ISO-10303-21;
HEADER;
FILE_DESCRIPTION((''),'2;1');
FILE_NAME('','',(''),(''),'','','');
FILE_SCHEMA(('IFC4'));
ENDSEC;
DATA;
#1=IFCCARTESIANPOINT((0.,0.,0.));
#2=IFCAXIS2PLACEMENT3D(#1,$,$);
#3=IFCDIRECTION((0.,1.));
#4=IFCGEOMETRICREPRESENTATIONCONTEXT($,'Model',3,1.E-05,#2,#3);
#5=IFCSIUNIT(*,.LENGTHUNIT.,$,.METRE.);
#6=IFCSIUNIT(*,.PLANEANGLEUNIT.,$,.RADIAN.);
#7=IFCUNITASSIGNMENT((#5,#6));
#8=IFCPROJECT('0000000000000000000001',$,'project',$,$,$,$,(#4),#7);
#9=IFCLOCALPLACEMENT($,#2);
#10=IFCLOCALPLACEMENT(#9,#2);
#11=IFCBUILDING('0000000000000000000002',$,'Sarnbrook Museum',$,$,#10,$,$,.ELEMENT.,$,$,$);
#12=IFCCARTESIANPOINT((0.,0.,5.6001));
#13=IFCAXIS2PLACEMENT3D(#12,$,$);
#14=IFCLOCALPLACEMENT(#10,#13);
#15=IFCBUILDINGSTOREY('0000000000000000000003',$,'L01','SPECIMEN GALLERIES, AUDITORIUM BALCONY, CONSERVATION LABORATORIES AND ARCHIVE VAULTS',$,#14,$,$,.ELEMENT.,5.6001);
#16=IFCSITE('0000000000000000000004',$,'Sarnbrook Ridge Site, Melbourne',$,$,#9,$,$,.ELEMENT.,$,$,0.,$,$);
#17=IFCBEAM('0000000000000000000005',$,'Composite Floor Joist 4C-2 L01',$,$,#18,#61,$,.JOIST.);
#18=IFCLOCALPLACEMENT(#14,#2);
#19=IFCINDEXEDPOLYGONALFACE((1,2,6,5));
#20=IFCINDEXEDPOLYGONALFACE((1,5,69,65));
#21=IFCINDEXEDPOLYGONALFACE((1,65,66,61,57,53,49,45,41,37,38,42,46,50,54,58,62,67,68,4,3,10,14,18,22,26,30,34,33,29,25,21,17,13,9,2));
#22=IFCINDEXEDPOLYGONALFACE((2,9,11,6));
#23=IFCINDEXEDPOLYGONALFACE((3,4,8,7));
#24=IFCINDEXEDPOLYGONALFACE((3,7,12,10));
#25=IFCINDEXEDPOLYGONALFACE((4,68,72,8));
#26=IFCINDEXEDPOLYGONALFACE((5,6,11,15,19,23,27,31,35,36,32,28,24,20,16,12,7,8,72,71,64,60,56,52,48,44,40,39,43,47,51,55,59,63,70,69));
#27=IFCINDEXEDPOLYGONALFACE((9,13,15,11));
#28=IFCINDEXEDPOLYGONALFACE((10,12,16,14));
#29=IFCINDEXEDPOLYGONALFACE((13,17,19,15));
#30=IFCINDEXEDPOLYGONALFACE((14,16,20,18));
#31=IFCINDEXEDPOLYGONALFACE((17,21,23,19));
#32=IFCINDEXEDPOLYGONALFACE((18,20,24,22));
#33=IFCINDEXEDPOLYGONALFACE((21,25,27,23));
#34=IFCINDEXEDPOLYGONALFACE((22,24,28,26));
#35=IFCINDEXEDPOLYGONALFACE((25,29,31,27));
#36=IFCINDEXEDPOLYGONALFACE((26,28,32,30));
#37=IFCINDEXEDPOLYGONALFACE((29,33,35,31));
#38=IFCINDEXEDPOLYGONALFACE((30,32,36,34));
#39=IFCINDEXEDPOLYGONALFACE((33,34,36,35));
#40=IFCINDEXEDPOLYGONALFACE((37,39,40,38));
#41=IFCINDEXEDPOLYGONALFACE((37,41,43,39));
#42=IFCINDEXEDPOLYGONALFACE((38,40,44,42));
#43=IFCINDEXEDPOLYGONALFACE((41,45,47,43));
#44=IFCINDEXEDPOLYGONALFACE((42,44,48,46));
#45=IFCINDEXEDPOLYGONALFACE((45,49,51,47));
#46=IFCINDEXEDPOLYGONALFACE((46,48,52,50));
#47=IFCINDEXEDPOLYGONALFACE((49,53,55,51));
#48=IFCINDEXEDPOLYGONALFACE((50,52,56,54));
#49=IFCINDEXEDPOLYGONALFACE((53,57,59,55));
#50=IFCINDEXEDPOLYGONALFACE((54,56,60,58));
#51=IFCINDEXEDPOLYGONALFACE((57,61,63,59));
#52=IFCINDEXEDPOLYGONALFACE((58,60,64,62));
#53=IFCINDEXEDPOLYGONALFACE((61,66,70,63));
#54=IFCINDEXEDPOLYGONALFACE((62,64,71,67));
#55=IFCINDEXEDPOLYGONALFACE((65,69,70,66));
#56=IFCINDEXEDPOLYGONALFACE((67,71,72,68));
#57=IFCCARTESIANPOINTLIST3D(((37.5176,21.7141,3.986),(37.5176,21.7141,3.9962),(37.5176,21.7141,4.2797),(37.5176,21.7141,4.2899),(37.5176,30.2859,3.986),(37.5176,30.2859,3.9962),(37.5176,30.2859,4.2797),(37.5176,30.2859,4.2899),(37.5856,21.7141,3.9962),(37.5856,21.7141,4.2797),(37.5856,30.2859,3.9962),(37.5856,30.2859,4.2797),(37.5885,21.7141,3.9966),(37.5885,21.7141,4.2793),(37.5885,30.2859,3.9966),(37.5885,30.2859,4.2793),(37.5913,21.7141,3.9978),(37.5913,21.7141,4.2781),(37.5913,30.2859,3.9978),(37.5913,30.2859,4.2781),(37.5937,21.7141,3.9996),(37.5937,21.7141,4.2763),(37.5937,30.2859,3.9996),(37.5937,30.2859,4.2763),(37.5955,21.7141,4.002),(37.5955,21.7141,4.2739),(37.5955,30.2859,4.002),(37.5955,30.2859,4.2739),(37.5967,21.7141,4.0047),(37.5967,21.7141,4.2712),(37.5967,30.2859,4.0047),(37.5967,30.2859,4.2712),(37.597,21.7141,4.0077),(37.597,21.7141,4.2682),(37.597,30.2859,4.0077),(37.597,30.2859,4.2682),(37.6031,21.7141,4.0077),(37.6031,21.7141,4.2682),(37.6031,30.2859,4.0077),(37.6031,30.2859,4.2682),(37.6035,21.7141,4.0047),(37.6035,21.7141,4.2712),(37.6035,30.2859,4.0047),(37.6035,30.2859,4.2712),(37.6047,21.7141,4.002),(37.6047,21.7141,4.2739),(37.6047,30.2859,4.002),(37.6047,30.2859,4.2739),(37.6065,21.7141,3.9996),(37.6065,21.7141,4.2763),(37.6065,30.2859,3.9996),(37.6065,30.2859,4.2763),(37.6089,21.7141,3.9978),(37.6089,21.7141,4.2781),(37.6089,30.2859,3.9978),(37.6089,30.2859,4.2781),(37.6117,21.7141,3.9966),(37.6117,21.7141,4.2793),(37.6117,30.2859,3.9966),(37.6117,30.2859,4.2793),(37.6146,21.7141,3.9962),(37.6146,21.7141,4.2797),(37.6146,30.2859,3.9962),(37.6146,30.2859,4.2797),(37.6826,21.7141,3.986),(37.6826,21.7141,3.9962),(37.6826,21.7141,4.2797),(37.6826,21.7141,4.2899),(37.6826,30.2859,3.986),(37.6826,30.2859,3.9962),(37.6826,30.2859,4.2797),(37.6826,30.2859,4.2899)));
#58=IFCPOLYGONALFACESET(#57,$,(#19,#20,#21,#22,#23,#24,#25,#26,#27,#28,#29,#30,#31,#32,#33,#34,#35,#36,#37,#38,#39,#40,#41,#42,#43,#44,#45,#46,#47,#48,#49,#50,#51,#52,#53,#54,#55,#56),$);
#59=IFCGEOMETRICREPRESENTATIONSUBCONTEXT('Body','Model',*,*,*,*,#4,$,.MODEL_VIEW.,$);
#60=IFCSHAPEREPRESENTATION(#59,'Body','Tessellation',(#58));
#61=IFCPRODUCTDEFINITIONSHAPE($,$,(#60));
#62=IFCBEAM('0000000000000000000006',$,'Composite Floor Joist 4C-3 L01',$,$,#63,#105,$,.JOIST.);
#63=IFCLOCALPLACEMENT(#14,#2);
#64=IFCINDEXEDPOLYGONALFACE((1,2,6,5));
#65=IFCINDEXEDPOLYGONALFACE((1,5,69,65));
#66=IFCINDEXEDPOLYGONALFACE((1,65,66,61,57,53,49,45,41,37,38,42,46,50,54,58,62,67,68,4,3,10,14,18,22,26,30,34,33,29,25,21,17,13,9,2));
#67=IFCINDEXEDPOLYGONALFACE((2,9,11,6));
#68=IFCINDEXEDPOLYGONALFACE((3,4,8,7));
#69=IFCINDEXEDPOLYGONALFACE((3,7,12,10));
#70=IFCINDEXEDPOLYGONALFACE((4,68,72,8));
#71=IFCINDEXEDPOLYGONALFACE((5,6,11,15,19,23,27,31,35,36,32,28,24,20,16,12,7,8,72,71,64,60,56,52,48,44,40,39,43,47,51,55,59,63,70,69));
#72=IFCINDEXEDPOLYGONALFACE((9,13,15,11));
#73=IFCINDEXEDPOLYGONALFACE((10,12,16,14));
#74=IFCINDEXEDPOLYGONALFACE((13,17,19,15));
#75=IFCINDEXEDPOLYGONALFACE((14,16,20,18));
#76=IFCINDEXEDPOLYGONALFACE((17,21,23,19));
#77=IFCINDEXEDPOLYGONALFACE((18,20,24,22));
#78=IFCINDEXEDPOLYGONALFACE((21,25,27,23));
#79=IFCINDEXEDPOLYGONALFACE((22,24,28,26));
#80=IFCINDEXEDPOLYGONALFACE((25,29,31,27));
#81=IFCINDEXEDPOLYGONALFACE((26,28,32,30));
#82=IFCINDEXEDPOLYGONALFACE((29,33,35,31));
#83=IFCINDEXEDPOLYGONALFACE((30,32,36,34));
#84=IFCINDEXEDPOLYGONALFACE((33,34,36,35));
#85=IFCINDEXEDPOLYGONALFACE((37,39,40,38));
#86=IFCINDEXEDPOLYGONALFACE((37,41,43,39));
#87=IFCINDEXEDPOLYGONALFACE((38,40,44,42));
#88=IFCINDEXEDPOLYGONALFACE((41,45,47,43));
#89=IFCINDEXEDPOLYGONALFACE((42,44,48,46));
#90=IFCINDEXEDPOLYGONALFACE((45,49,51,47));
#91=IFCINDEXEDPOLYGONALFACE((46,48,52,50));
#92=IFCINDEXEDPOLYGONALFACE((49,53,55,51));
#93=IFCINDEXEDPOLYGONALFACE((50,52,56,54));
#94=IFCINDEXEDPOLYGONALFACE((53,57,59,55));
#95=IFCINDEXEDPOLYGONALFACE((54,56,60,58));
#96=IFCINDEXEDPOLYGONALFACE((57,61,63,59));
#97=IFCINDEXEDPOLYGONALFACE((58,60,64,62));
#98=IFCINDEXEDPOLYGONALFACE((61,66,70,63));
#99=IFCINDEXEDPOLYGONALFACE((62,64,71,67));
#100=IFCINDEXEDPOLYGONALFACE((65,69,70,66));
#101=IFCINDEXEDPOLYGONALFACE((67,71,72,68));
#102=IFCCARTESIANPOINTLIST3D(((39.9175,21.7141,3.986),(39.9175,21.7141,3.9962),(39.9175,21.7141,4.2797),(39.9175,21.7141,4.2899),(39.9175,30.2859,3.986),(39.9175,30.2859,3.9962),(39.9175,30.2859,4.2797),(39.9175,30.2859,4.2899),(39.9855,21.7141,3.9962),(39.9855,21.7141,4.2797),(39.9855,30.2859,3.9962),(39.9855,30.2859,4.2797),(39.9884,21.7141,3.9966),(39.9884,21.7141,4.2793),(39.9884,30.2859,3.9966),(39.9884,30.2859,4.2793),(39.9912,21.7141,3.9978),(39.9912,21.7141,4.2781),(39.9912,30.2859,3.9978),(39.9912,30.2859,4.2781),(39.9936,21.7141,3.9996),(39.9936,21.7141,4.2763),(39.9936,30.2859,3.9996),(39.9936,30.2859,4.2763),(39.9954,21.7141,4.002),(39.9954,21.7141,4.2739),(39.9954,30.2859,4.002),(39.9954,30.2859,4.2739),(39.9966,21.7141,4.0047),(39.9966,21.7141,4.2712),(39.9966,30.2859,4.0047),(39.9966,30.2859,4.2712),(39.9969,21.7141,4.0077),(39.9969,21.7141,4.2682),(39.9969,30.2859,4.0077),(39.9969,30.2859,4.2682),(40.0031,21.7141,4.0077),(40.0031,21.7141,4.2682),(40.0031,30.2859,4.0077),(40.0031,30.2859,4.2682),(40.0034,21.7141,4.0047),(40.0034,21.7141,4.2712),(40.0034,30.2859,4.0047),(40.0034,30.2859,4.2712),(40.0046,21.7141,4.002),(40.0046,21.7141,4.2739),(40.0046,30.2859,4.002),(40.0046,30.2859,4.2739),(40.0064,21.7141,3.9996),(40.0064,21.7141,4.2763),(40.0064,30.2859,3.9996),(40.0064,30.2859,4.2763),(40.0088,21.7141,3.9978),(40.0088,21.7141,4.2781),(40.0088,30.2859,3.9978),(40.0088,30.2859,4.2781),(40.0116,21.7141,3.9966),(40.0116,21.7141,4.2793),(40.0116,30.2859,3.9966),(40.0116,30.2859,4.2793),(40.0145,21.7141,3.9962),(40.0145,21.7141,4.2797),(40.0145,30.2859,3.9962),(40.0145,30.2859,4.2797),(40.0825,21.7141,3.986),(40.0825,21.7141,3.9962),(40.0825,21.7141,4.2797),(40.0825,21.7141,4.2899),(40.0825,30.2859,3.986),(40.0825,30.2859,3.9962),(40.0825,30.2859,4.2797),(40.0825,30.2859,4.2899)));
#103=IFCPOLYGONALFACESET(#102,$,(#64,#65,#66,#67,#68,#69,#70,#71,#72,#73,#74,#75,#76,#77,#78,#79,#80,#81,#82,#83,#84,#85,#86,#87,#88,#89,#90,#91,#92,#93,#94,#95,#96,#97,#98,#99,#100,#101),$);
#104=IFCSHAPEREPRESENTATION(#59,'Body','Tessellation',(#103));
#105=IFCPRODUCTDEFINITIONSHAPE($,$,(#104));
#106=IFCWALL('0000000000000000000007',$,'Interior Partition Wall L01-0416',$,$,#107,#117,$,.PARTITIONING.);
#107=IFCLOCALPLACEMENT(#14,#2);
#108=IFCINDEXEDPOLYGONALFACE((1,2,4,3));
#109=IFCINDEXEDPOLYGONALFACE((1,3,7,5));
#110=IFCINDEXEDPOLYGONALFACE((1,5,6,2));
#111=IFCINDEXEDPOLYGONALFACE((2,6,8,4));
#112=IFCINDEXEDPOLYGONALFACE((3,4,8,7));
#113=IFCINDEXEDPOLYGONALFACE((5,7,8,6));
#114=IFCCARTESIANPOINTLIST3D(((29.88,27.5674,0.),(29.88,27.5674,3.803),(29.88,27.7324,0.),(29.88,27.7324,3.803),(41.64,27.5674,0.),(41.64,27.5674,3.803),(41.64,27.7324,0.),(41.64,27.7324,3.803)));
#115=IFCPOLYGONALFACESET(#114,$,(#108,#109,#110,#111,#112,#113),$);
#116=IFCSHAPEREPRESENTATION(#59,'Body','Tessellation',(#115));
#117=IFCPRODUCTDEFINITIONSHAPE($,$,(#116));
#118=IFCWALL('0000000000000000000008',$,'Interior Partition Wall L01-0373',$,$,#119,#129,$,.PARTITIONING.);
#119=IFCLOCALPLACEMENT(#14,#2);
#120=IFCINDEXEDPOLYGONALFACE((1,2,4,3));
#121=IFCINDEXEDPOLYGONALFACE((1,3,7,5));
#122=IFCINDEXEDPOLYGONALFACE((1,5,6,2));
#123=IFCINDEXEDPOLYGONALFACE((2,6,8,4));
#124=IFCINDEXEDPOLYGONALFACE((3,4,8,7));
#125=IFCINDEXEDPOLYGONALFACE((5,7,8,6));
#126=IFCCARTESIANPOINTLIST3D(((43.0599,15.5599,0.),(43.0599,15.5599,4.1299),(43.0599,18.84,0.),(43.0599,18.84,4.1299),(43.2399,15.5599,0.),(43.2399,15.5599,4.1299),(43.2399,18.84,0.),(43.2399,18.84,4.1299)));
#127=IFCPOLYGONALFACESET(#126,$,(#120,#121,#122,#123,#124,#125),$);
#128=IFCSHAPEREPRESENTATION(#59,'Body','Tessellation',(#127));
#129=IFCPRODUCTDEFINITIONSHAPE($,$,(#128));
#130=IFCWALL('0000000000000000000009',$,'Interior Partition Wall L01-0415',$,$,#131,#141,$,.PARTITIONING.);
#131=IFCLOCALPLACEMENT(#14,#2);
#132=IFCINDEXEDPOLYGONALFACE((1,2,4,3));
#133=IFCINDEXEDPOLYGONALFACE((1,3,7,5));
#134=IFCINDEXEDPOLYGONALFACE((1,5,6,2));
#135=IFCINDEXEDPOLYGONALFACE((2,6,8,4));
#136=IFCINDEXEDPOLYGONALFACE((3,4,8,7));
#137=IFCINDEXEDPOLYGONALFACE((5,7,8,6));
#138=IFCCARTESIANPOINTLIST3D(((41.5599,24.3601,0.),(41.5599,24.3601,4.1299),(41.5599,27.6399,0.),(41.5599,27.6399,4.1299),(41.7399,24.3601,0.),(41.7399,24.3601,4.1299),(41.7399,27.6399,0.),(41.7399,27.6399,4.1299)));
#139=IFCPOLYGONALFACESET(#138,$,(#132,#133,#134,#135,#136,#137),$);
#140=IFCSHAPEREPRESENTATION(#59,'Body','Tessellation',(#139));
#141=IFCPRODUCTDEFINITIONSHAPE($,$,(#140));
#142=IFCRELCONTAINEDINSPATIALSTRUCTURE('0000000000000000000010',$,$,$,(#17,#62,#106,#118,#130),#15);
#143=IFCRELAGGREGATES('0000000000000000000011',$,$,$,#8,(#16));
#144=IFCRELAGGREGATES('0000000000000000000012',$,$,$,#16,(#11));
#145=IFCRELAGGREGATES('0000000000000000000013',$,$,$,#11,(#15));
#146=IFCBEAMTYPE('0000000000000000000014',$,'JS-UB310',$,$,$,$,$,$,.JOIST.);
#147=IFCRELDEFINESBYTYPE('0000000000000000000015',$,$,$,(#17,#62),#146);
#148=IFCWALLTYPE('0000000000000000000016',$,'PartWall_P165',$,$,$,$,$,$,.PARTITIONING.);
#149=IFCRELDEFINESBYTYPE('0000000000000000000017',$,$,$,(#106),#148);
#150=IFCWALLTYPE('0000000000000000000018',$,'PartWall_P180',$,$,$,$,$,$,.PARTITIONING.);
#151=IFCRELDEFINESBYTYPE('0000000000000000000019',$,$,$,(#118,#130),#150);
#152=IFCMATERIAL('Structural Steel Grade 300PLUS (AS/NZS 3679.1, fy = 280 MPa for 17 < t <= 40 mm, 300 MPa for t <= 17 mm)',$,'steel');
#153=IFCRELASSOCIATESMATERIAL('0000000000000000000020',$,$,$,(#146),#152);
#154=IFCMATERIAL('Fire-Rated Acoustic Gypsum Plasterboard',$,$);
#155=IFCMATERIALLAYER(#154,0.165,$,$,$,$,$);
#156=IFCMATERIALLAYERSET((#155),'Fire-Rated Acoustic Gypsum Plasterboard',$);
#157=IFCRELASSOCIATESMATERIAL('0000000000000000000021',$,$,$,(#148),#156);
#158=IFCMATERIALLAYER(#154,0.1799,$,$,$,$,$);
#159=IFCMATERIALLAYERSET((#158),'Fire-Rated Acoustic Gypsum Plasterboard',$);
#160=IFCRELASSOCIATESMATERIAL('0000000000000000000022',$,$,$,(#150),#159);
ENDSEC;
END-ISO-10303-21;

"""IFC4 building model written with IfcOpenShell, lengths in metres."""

from ifc_helpers import new_model, si_unit, direction, frame, frame_2d, origin, origin_2d, place, context, subcontext, project, spatial, rectangle, i_section, extrude, material, layer, layer_set, material_profile, profile_set, type_object, element, save


model = new_model("IFC4")

# Units and contexts
model_context = context("Model", 3, precision=1e-05, world=origin(), true_north=direction((0.0, 1.0)))
body_context = subcontext(model_context, "Body", "Model", "MODEL_VIEW")
ifc_project = project(units=[si_unit("LENGTHUNIT", "METRE"), si_unit("PLANEANGLEUNIT", "RADIAN")], contexts=[model_context])

# Site, building, storey
site_placement = place(None, origin())
site = spatial("IfcSite", under=ifc_project, at=site_placement, Name="Sarnbrook Ridge Site, Melbourne", CompositionType="ELEMENT", RefElevation=0.0)
building_placement = place(site_placement, origin())
building = spatial("IfcBuilding", under=site, at=building_placement, Name="Sarnbrook Museum", CompositionType="ELEMENT")
storey_placement = place(building_placement, frame((0.0, 0.0, 5.6001)))
storey = spatial("IfcBuildingStorey", under=building, at=storey_placement, Name="L01", Description="SPECIMEN GALLERIES, AUDITORIUM BALCONY, CONSERVATION LABORATORIES AND ARCHIVE VAULTS", CompositionType="ELEMENT", Elevation=5.6001)

# Shared definitions
ifc_material_1 = material(Name="Structural Steel Grade 300PLUS (AS/NZS 3679.1, fy = 280 MPa for 17 < t <= 40 mm, 300 MPa for t <= 17 mm)", Category="steel")

# Beams
ifc_material_profile_1 = material_profile(ifc_material_1, i_section(OverallWidth=0.165, OverallDepth=0.304, WebThickness=0.0061, FlangeThickness=0.0103, FilletRadius=0.0115, at=origin_2d()), Name="310UB40.4")
ifc_profile_set_1 = profile_set([ifc_material_profile_1], Name="Structural Steel Grade 300PLUS (AS/NZS 3679.1, fy = 280 MPa for 17 < t <= 40 mm, 300 MPa for t <= 17 mm)")
beam_type_1 = type_object("IfcBeamType", Name="JS-UB310", PredefinedType="JOIST", material=ifc_profile_set_1)
for number, where, z_axis, x_axis, name in (
    (1, (37.6001, 21.7141, 4.1379), (0.0, 1.0, 0.0), (-1.0, 0.0, 0.0), "Composite Floor Joist 4C-2 L01"),
    (2, (40.0, 21.7141, 4.1379), (0.0, 1.0, 0.0), (-1.0, 0.0, 0.0), "Composite Floor Joist 4C-3 L01"),
):
    element("IfcBeam", number, at=place(storey_placement, frame(where, z_axis=z_axis, x_axis=x_axis)), inside=storey, type_object=beam_type_1, Name=name, PredefinedType="JOIST", context=body_context, shape_type="SweptSolid", body=[
        extrude(i_section(OverallWidth=0.165, OverallDepth=0.304, WebThickness=0.0061, FlangeThickness=0.0103, FilletRadius=0.0115, at=origin_2d()), origin(), (0.0, 0.0, 1.0), 8.5718),
    ])

# Walls
ifc_material_2 = material(Name="Fire-Rated Acoustic Gypsum Plasterboard")
ifc_layer_1 = layer(ifc_material_2, 0.165)
ifc_layer_set_1 = layer_set([ifc_layer_1], Name="Fire-Rated Acoustic Gypsum Plasterboard")
wall_type_1 = type_object("IfcWallType", Name="PartWall_P165", PredefinedType="PARTITIONING", material=ifc_layer_set_1)
wall_1_placement = place(storey_placement, frame((41.6399, 27.6499, 0.0), z_axis=(0.0, 0.0, 1.0), x_axis=(-1.0, 0.0, 0.0)))
element("IfcWall", 3, at=wall_1_placement, inside=storey, type_object=wall_type_1, Name="Interior Partition Wall L01-0416", PredefinedType="PARTITIONING", context=body_context, shape_type="SweptSolid", body=[
    extrude(rectangle(XDim=11.76, YDim=0.165, at=frame_2d((5.8799, 0.0))), origin(), (0.0, 0.0, 1.0), 3.803),
])
ifc_layer_2 = layer(ifc_material_2, 0.1799)
ifc_layer_set_2 = layer_set([ifc_layer_2], Name="Fire-Rated Acoustic Gypsum Plasterboard")
wall_type_2 = type_object("IfcWallType", Name="PartWall_P180", PredefinedType="PARTITIONING", material=ifc_layer_set_2)
wall_2_placement = place(storey_placement, frame((43.1499, 18.8401, 0.0), z_axis=(0.0, 0.0, 1.0), x_axis=(0.0, -1.0, 0.0)))
element("IfcWall", 4, at=wall_2_placement, inside=storey, type_object=wall_type_2, Name="Interior Partition Wall L01-0373", PredefinedType="PARTITIONING", context=body_context, shape_type="SweptSolid", body=[
    extrude(rectangle(XDim=3.28, YDim=0.1799, at=frame_2d((1.6401, 0.0))), origin(), (0.0, 0.0, 1.0), 4.1299),
])
wall_3_placement = place(storey_placement, frame((41.6499, 24.3601, 0.0), z_axis=(0.0, 0.0, 1.0), x_axis=(0.0, 1.0, 0.0)))
element("IfcWall", 5, at=wall_3_placement, inside=storey, type_object=wall_type_2, Name="Interior Partition Wall L01-0415", PredefinedType="PARTITIONING", context=body_context, shape_type="SweptSolid", body=[
    extrude(rectangle(XDim=3.2798, YDim=0.1799, at=frame_2d((1.6399, 0.0))), origin(), (0.0, 0.0, 1.0), 4.1299),
])

save(model, "model.ifc")
